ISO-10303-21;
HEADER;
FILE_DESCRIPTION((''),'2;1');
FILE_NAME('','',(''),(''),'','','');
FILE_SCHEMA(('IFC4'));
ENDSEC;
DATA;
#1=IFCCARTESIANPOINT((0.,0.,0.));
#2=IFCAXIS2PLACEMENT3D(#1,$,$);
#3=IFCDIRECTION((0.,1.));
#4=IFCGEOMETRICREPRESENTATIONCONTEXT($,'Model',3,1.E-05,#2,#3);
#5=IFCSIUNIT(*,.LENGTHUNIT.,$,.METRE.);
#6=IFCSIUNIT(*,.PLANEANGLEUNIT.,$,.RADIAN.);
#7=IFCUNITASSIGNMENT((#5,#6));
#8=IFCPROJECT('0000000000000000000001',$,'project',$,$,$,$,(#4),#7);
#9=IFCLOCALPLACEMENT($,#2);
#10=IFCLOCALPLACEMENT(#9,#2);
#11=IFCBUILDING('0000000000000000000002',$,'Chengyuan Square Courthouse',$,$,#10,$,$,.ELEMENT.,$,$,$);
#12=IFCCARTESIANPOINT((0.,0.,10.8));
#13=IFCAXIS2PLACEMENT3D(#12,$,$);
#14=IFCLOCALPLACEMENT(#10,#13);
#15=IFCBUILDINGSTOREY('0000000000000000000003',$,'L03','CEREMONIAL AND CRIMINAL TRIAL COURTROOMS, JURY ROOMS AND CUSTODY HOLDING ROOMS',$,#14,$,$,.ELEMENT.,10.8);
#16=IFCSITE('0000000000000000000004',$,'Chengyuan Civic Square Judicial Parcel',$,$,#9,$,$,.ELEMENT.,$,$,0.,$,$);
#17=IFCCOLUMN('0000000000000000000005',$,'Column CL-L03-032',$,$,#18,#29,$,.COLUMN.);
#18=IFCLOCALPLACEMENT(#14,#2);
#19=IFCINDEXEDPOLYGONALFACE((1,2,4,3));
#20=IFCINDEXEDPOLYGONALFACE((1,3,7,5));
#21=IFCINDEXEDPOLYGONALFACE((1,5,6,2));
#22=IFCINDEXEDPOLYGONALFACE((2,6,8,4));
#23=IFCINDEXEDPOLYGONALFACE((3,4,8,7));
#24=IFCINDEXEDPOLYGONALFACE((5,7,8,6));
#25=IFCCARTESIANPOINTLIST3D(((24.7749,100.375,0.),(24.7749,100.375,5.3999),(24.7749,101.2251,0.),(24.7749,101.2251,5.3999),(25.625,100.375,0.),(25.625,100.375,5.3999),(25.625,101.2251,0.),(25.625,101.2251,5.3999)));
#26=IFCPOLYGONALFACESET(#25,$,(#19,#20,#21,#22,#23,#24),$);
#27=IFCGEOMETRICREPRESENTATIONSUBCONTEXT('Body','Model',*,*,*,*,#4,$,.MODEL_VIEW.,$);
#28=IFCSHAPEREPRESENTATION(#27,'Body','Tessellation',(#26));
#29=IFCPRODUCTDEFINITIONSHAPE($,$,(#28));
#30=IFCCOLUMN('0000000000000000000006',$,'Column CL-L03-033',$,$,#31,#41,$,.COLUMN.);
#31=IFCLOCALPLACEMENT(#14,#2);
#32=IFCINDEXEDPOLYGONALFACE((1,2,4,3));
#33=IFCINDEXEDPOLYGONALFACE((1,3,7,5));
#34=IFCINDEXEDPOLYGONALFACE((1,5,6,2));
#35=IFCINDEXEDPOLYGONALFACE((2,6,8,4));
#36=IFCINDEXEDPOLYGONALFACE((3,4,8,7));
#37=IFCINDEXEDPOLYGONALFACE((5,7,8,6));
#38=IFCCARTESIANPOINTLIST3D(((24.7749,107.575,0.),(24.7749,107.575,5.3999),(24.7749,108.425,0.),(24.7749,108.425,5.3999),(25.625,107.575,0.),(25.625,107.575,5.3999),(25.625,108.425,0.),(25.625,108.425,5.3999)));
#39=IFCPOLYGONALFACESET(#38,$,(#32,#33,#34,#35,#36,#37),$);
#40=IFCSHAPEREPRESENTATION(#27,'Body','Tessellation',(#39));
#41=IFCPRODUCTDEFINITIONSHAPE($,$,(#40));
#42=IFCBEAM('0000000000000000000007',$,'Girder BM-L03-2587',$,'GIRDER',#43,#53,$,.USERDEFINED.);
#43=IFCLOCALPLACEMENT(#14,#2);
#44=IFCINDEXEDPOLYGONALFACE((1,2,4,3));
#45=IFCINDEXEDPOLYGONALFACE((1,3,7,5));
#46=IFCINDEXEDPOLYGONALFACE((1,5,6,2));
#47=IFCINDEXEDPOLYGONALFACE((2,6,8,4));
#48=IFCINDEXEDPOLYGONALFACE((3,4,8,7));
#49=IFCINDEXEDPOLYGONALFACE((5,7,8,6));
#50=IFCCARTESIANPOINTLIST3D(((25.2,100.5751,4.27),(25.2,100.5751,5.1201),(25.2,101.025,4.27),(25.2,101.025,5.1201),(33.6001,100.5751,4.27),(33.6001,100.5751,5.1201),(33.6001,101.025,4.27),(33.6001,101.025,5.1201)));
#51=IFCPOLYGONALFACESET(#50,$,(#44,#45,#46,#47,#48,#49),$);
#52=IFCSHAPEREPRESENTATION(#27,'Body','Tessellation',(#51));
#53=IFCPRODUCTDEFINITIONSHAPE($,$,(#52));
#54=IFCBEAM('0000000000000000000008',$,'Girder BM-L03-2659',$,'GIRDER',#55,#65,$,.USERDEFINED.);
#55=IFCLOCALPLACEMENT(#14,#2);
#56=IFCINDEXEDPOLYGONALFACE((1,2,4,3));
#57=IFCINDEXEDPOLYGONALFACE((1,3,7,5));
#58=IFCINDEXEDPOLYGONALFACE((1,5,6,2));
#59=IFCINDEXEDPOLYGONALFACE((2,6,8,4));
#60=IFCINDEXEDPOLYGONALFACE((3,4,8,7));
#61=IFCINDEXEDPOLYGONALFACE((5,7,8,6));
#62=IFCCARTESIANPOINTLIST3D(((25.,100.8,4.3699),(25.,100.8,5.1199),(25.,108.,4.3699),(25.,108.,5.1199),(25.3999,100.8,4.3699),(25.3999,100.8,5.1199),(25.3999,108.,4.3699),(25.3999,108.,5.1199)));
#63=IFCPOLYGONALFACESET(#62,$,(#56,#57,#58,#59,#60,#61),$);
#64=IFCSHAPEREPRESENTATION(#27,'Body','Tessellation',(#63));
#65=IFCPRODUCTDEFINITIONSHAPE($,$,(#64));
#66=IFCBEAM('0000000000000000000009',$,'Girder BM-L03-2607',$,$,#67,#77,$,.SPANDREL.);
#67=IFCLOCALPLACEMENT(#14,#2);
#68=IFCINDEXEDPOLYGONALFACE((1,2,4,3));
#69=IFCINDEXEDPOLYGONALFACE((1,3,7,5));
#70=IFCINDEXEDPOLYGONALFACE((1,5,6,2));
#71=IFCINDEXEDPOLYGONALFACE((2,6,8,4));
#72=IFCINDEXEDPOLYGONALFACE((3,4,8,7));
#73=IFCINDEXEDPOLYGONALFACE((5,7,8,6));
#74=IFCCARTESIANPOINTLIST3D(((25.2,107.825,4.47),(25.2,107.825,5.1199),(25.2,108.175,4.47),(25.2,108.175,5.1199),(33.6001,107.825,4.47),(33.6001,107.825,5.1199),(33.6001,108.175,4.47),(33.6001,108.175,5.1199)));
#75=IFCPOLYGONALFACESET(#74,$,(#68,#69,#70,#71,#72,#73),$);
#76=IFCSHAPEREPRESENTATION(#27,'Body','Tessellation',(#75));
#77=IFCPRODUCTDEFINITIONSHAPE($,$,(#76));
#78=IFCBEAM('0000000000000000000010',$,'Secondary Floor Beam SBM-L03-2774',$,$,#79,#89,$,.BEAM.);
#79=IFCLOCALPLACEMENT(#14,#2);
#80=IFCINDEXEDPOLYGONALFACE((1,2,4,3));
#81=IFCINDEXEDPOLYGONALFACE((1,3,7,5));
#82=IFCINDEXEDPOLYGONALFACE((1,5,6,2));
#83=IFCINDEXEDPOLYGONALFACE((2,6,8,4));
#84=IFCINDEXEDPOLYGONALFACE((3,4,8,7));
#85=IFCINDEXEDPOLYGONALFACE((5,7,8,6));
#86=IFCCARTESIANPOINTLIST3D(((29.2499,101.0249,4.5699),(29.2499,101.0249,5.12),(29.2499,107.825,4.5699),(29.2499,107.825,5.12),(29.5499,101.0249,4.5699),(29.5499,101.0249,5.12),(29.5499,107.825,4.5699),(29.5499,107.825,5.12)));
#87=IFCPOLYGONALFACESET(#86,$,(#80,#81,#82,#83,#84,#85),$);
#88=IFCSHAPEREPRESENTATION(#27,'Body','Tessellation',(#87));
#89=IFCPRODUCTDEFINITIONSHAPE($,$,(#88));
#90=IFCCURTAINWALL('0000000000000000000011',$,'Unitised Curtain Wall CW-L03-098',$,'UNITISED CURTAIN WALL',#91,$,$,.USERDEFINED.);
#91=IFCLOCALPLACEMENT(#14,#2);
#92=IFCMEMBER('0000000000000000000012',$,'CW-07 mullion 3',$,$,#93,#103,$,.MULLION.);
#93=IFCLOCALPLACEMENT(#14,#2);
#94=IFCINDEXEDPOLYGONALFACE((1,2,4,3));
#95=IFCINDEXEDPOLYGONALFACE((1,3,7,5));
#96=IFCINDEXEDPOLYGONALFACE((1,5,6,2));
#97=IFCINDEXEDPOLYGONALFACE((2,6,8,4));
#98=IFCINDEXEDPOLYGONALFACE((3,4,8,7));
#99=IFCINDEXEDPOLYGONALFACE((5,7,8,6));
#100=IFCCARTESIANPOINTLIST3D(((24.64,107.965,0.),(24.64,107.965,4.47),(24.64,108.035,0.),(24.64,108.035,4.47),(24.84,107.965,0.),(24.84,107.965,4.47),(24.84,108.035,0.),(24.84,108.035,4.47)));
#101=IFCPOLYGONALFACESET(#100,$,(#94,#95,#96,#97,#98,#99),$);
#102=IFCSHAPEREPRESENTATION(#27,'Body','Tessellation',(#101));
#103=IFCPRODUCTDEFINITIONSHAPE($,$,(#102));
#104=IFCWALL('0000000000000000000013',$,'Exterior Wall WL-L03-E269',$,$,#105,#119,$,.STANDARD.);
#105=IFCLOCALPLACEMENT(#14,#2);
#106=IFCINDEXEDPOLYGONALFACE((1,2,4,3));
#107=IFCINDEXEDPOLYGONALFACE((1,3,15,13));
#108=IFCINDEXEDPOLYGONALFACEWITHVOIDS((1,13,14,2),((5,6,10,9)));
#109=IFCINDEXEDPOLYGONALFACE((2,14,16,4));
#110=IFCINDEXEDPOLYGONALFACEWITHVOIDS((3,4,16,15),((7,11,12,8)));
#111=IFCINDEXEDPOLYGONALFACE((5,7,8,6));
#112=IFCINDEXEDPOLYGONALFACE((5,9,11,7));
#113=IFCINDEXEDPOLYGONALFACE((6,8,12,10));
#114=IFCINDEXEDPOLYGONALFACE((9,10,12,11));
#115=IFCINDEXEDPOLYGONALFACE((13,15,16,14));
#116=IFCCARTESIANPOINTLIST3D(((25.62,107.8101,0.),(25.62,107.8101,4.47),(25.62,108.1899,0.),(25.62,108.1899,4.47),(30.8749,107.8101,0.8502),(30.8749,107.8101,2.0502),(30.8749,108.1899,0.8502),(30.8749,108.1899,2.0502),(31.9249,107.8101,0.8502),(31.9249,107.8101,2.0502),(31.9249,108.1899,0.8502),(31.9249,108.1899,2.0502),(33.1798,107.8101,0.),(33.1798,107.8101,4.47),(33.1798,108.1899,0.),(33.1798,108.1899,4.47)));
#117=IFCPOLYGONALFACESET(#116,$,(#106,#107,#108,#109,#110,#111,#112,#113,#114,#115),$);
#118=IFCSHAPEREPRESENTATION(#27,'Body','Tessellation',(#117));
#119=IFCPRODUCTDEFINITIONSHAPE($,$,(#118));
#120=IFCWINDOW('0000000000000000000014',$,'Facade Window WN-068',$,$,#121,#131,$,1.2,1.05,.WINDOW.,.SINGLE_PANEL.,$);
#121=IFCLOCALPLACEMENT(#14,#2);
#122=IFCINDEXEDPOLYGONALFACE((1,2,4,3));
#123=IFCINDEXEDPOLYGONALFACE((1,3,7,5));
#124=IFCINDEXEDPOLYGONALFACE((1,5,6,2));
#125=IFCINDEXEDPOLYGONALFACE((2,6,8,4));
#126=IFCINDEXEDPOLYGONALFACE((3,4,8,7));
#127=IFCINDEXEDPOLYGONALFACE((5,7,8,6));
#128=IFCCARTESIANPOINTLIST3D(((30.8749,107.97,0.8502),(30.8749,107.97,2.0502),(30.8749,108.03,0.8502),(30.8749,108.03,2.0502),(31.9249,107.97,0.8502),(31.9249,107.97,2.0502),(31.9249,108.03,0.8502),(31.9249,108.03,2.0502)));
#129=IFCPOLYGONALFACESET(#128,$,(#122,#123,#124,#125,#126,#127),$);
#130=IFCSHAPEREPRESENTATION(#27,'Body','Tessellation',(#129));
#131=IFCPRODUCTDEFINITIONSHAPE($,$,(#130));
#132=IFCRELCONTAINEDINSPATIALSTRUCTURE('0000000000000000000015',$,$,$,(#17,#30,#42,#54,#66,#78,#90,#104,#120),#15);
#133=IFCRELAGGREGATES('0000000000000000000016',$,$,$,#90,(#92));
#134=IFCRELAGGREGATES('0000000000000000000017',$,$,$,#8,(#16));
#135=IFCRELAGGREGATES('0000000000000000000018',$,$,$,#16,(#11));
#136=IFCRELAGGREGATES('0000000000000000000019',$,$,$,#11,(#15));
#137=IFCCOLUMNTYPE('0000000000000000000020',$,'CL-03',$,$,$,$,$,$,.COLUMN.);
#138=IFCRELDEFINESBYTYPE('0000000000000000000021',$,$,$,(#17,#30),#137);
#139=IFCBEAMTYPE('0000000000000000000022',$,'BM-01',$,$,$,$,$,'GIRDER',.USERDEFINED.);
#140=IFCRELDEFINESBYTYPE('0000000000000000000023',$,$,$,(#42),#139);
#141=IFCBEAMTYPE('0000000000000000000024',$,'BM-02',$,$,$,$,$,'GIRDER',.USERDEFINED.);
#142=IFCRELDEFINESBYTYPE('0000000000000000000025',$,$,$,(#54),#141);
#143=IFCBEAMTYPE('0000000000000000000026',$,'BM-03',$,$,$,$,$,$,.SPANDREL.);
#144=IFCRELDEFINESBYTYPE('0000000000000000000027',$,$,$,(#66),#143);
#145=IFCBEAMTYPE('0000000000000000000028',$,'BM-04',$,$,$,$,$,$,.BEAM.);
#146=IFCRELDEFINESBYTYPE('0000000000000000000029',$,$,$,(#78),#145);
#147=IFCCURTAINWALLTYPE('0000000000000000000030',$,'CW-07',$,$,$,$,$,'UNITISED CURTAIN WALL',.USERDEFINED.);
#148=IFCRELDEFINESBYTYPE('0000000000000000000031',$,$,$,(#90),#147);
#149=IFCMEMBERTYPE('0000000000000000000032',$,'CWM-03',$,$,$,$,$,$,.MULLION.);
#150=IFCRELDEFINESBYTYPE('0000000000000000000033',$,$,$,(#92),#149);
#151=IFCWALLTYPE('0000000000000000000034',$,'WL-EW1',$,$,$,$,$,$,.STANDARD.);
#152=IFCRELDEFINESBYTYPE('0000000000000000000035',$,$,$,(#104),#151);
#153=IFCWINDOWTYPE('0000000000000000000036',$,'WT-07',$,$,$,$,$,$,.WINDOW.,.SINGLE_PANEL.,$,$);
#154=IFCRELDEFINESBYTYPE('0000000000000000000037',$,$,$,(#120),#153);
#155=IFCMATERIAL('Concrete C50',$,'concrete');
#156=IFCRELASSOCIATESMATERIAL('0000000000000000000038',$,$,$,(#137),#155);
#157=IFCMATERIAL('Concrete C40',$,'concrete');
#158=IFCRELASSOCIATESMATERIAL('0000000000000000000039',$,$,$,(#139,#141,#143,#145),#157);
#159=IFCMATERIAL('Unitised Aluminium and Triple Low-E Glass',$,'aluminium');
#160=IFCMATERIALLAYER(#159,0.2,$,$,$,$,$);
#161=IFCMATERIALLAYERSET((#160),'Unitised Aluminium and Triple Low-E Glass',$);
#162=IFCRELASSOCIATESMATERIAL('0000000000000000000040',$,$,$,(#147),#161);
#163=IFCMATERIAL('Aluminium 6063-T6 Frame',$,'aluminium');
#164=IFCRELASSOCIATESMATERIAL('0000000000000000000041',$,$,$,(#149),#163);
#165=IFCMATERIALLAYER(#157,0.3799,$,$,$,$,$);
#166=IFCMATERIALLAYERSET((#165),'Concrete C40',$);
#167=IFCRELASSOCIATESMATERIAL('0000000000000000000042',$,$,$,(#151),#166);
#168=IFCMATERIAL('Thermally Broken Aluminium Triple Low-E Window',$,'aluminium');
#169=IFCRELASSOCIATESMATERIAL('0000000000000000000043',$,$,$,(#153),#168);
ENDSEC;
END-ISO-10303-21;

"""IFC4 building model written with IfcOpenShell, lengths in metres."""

from ifc_helpers import new_model, si_unit, direction, frame, frame_2d, origin, origin_2d, place, context, subcontext, project, spatial, rectangle, extrude, material, layer, layer_set, material_profile, profile_set, type_object, element, fill, aggregate, save


model = new_model("IFC4")

# Units and contexts
model_context = context("Model", 3, precision=1e-05, world=origin(), true_north=direction((0.0, 1.0)))
body_context = subcontext(model_context, "Body", "Model", "MODEL_VIEW")
ifc_project = project(units=[si_unit("LENGTHUNIT", "METRE"), si_unit("PLANEANGLEUNIT", "RADIAN")], contexts=[model_context])

# Site, building, storey
site_placement = place(None, origin())
site = spatial("IfcSite", under=ifc_project, at=site_placement, Name="Chengyuan Civic Square Judicial Parcel", CompositionType="ELEMENT", RefElevation=0.0)
building_placement = place(site_placement, origin())
building = spatial("IfcBuilding", under=site, at=building_placement, Name="Chengyuan Square Courthouse", CompositionType="ELEMENT")
storey_placement = place(building_placement, frame((0.0, 0.0, 10.8)))
storey = spatial("IfcBuildingStorey", under=building, at=storey_placement, Name="L03", Description="CEREMONIAL AND CRIMINAL TRIAL COURTROOMS, JURY ROOMS AND CUSTODY HOLDING ROOMS", CompositionType="ELEMENT", Elevation=10.8)

# Columns
ifc_material_1 = material(Name="Concrete C50", Category="concrete")
ifc_material_profile_1 = material_profile(ifc_material_1, rectangle(XDim=0.8501, YDim=0.8501, at=origin_2d()), Name="RC-COL-850x850")
ifc_profile_set_1 = profile_set([ifc_material_profile_1], Name="Concrete C50")
column_type = type_object("IfcColumnType", Name="CL-03", PredefinedType="COLUMN", material=ifc_profile_set_1)
for number, where, z_axis, x_axis, name in (
    (1, (25.2, 100.8, 0.0), (0.0, 0.0, 1.0), (1.0, 0.0, 0.0), "Column CL-L03-032"),
    (2, (25.2, 108.0, 0.0), (0.0, 0.0, 1.0), (1.0, 0.0, 0.0), "Column CL-L03-033"),
):
    element("IfcColumn", number, at=place(storey_placement, frame(where, z_axis=z_axis, x_axis=x_axis)), inside=storey, type_object=column_type, Name=name, PredefinedType="COLUMN", context=body_context, shape_type="SweptSolid", body=[
        extrude(rectangle(XDim=0.8501, YDim=0.8501, at=origin_2d()), origin(), (0.0, 0.0, 1.0), 5.3999),
    ])

# Beams
ifc_material_2 = material(Name="Concrete C40", Category="concrete")
ifc_material_profile_2 = material_profile(ifc_material_2, rectangle(XDim=0.45, YDim=0.8501, at=origin_2d()), Name="RC-BM-450x850")
ifc_profile_set_2 = profile_set([ifc_material_profile_2], Name="Concrete C40")
beam_type_1 = type_object("IfcBeamType", Name="BM-01", ElementType="GIRDER", PredefinedType="USERDEFINED", material=ifc_profile_set_2)
beam_1_placement = place(storey_placement, frame((25.2, 100.8, 4.6951), z_axis=(1.0, 0.0, 0.0), x_axis=(0.0, 1.0, 0.0)))
element("IfcBeam", 3, at=beam_1_placement, inside=storey, type_object=beam_type_1, Name="Girder BM-L03-2587", ObjectType="GIRDER", PredefinedType="USERDEFINED", context=body_context, shape_type="SweptSolid", body=[
    extrude(rectangle(XDim=0.45, YDim=0.8501, at=origin_2d()), origin(), (0.0, 0.0, 1.0), 8.4001),
])
ifc_material_profile_3 = material_profile(ifc_material_2, rectangle(XDim=0.3999, YDim=0.75, at=origin_2d()), Name="RC-BM-400x750")
ifc_profile_set_3 = profile_set([ifc_material_profile_3], Name="Concrete C40")
beam_type_2 = type_object("IfcBeamType", Name="BM-02", ElementType="GIRDER", PredefinedType="USERDEFINED", material=ifc_profile_set_3)
beam_2_placement = place(storey_placement, frame((25.2, 100.8, 4.7449), z_axis=(0.0, 1.0, 0.0), x_axis=(-1.0, 0.0, 0.0)))
element("IfcBeam", 4, at=beam_2_placement, inside=storey, type_object=beam_type_2, Name="Girder BM-L03-2659", ObjectType="GIRDER", PredefinedType="USERDEFINED", context=body_context, shape_type="SweptSolid", body=[
    extrude(rectangle(XDim=0.3999, YDim=0.75, at=origin_2d()), origin(), (0.0, 0.0, 1.0), 7.2),
])
ifc_material_profile_4 = material_profile(ifc_material_2, rectangle(XDim=0.3501, YDim=0.6499, at=origin_2d()), Name="RC-BM-350x650")
ifc_profile_set_4 = profile_set([ifc_material_profile_4], Name="Concrete C40")
beam_type_3 = type_object("IfcBeamType", Name="BM-03", PredefinedType="SPANDREL", material=ifc_profile_set_4)
beam_3_placement = place(storey_placement, frame((25.2, 108.0, 4.7949), z_axis=(1.0, 0.0, 0.0), x_axis=(0.0, 1.0, 0.0)))
element("IfcBeam", 5, at=beam_3_placement, inside=storey, type_object=beam_type_3, Name="Girder BM-L03-2607", PredefinedType="SPANDREL", context=body_context, shape_type="SweptSolid", body=[
    extrude(rectangle(XDim=0.3501, YDim=0.6499, at=origin_2d()), origin(), (0.0, 0.0, 1.0), 8.4001),
])
ifc_material_profile_5 = material_profile(ifc_material_2, rectangle(XDim=0.3, YDim=0.55, at=origin_2d()), Name="RC-BM-300x550")
ifc_profile_set_5 = profile_set([ifc_material_profile_5], Name="Concrete C40")
beam_type_4 = type_object("IfcBeamType", Name="BM-04", PredefinedType="BEAM", material=ifc_profile_set_5)
beam_4_placement = place(storey_placement, frame((29.3999, 101.0249, 4.845), z_axis=(0.0, 1.0, 0.0), x_axis=(-1.0, 0.0, 0.0)))
element("IfcBeam", 6, at=beam_4_placement, inside=storey, type_object=beam_type_4, Name="Secondary Floor Beam SBM-L03-2774", PredefinedType="BEAM", context=body_context, shape_type="SweptSolid", body=[
    extrude(rectangle(XDim=0.3, YDim=0.55, at=origin_2d()), origin(), (0.0, 0.0, 1.0), 6.8),
])

# Curtain wall, member
ifc_material_3 = material(Name="Unitised Aluminium and Triple Low-E Glass", Category="aluminium")
ifc_layer_1 = layer(ifc_material_3, 0.2)
ifc_layer_set_1 = layer_set([ifc_layer_1], Name="Unitised Aluminium and Triple Low-E Glass")
curtain_wall_type = type_object("IfcCurtainWallType", Name="CW-07", ElementType="UNITISED CURTAIN WALL", PredefinedType="USERDEFINED", material=ifc_layer_set_1)
curtain_wall_placement = place(storey_placement, origin())
curtain_wall = element("IfcCurtainWall", 7, at=curtain_wall_placement, inside=storey, type_object=curtain_wall_type, Name="Unitised Curtain Wall CW-L03-098", ObjectType="UNITISED CURTAIN WALL", PredefinedType="USERDEFINED")
ifc_material_4 = material(Name="Aluminium 6063-T6 Frame", Category="aluminium")
ifc_material_profile_6 = material_profile(ifc_material_4, rectangle(XDim=0.0701, YDim=0.2, at=origin_2d()), Name="CW-MUL-70x200")
ifc_profile_set_6 = profile_set([ifc_material_profile_6], Name="Aluminium 6063-T6 Frame")
member_type = type_object("IfcMemberType", Name="CWM-03", PredefinedType="MULLION", material=ifc_profile_set_6)
member_placement = place(storey_placement, frame((24.74, 108.0, 0.0), z_axis=(0.0, 0.0, 1.0), x_axis=(0.0, 1.0, 0.0)))
member = element("IfcMember", 8, at=member_placement, type_object=member_type, Name="CW-07 mullion 3", PredefinedType="MULLION", context=body_context, shape_type="SweptSolid", body=[
    extrude(rectangle(XDim=0.0701, YDim=0.2, at=origin_2d()), origin(), (0.0, 0.0, 1.0), 4.47),
])
aggregate(curtain_wall, [member])

# Wall, opening, window
ifc_layer_2 = layer(ifc_material_2, 0.3799)
ifc_layer_set_2 = layer_set([ifc_layer_2], Name="Concrete C40")
wall_type_1 = type_object("IfcWallType", Name="WL-EW1", PredefinedType="STANDARD", material=ifc_layer_set_2)
wall_1_placement = place(storey_placement, frame((25.6201, 108.0, 0.0), z_axis=(0.0, 0.0, 1.0), x_axis=(1.0, 0.0, 0.0)))
wall_1 = element("IfcWall", 9, at=wall_1_placement, inside=storey, type_object=wall_type_1, Name="Exterior Wall WL-L03-E269", PredefinedType="STANDARD", context=body_context, shape_type="SweptSolid", body=[
    extrude(rectangle(XDim=7.5598, YDim=0.3799, at=frame_2d((3.7798, 0.0))), origin(), (0.0, 0.0, 1.0), 4.47),
])
opening_1_placement = place(wall_1_placement, frame((5.2549, 0.0, 0.8501)))
opening_1 = element("IfcOpeningElement", 10, at=opening_1_placement, cuts=wall_1, PredefinedType="OPENING", context=body_context, shape_type="SweptSolid", body=[
    extrude(rectangle(XDim=1.05, YDim=1.2, at=frame_2d((0.5249, 0.6001))), frame((0.0, 0.2019, 0.0), z_axis=(0.0, -1.0, 0.0), x_axis=(1.0, 0.0, 0.0)), (0.0, 0.0, 1.0), 0.4038),
])
ifc_material_5 = material(Name="Thermally Broken Aluminium Triple Low-E Window", Category="aluminium")
window_type = type_object("IfcWindowType", Name="WT-07", PartitioningType="SINGLE_PANEL", PredefinedType="WINDOW", material=ifc_material_5)
window_placement = place(opening_1_placement, origin())
window = element("IfcWindow", 11, at=window_placement, inside=storey, type_object=window_type, Name="Facade Window WN-068", OverallHeight=1.2, OverallWidth=1.05, PartitioningType="SINGLE_PANEL", PredefinedType="WINDOW", context=body_context, shape_type="SweptSolid", body=[
    extrude(rectangle(XDim=1.05, YDim=1.2, at=frame_2d((0.5249, 0.6001))), frame((0.0, 0.03, 0.0), z_axis=(0.0, -1.0, 0.0), x_axis=(1.0, 0.0, 0.0)), (0.0, 0.0, 1.0), 0.0601),
])
fill(opening_1, window)

save(model, "model.ifc")
